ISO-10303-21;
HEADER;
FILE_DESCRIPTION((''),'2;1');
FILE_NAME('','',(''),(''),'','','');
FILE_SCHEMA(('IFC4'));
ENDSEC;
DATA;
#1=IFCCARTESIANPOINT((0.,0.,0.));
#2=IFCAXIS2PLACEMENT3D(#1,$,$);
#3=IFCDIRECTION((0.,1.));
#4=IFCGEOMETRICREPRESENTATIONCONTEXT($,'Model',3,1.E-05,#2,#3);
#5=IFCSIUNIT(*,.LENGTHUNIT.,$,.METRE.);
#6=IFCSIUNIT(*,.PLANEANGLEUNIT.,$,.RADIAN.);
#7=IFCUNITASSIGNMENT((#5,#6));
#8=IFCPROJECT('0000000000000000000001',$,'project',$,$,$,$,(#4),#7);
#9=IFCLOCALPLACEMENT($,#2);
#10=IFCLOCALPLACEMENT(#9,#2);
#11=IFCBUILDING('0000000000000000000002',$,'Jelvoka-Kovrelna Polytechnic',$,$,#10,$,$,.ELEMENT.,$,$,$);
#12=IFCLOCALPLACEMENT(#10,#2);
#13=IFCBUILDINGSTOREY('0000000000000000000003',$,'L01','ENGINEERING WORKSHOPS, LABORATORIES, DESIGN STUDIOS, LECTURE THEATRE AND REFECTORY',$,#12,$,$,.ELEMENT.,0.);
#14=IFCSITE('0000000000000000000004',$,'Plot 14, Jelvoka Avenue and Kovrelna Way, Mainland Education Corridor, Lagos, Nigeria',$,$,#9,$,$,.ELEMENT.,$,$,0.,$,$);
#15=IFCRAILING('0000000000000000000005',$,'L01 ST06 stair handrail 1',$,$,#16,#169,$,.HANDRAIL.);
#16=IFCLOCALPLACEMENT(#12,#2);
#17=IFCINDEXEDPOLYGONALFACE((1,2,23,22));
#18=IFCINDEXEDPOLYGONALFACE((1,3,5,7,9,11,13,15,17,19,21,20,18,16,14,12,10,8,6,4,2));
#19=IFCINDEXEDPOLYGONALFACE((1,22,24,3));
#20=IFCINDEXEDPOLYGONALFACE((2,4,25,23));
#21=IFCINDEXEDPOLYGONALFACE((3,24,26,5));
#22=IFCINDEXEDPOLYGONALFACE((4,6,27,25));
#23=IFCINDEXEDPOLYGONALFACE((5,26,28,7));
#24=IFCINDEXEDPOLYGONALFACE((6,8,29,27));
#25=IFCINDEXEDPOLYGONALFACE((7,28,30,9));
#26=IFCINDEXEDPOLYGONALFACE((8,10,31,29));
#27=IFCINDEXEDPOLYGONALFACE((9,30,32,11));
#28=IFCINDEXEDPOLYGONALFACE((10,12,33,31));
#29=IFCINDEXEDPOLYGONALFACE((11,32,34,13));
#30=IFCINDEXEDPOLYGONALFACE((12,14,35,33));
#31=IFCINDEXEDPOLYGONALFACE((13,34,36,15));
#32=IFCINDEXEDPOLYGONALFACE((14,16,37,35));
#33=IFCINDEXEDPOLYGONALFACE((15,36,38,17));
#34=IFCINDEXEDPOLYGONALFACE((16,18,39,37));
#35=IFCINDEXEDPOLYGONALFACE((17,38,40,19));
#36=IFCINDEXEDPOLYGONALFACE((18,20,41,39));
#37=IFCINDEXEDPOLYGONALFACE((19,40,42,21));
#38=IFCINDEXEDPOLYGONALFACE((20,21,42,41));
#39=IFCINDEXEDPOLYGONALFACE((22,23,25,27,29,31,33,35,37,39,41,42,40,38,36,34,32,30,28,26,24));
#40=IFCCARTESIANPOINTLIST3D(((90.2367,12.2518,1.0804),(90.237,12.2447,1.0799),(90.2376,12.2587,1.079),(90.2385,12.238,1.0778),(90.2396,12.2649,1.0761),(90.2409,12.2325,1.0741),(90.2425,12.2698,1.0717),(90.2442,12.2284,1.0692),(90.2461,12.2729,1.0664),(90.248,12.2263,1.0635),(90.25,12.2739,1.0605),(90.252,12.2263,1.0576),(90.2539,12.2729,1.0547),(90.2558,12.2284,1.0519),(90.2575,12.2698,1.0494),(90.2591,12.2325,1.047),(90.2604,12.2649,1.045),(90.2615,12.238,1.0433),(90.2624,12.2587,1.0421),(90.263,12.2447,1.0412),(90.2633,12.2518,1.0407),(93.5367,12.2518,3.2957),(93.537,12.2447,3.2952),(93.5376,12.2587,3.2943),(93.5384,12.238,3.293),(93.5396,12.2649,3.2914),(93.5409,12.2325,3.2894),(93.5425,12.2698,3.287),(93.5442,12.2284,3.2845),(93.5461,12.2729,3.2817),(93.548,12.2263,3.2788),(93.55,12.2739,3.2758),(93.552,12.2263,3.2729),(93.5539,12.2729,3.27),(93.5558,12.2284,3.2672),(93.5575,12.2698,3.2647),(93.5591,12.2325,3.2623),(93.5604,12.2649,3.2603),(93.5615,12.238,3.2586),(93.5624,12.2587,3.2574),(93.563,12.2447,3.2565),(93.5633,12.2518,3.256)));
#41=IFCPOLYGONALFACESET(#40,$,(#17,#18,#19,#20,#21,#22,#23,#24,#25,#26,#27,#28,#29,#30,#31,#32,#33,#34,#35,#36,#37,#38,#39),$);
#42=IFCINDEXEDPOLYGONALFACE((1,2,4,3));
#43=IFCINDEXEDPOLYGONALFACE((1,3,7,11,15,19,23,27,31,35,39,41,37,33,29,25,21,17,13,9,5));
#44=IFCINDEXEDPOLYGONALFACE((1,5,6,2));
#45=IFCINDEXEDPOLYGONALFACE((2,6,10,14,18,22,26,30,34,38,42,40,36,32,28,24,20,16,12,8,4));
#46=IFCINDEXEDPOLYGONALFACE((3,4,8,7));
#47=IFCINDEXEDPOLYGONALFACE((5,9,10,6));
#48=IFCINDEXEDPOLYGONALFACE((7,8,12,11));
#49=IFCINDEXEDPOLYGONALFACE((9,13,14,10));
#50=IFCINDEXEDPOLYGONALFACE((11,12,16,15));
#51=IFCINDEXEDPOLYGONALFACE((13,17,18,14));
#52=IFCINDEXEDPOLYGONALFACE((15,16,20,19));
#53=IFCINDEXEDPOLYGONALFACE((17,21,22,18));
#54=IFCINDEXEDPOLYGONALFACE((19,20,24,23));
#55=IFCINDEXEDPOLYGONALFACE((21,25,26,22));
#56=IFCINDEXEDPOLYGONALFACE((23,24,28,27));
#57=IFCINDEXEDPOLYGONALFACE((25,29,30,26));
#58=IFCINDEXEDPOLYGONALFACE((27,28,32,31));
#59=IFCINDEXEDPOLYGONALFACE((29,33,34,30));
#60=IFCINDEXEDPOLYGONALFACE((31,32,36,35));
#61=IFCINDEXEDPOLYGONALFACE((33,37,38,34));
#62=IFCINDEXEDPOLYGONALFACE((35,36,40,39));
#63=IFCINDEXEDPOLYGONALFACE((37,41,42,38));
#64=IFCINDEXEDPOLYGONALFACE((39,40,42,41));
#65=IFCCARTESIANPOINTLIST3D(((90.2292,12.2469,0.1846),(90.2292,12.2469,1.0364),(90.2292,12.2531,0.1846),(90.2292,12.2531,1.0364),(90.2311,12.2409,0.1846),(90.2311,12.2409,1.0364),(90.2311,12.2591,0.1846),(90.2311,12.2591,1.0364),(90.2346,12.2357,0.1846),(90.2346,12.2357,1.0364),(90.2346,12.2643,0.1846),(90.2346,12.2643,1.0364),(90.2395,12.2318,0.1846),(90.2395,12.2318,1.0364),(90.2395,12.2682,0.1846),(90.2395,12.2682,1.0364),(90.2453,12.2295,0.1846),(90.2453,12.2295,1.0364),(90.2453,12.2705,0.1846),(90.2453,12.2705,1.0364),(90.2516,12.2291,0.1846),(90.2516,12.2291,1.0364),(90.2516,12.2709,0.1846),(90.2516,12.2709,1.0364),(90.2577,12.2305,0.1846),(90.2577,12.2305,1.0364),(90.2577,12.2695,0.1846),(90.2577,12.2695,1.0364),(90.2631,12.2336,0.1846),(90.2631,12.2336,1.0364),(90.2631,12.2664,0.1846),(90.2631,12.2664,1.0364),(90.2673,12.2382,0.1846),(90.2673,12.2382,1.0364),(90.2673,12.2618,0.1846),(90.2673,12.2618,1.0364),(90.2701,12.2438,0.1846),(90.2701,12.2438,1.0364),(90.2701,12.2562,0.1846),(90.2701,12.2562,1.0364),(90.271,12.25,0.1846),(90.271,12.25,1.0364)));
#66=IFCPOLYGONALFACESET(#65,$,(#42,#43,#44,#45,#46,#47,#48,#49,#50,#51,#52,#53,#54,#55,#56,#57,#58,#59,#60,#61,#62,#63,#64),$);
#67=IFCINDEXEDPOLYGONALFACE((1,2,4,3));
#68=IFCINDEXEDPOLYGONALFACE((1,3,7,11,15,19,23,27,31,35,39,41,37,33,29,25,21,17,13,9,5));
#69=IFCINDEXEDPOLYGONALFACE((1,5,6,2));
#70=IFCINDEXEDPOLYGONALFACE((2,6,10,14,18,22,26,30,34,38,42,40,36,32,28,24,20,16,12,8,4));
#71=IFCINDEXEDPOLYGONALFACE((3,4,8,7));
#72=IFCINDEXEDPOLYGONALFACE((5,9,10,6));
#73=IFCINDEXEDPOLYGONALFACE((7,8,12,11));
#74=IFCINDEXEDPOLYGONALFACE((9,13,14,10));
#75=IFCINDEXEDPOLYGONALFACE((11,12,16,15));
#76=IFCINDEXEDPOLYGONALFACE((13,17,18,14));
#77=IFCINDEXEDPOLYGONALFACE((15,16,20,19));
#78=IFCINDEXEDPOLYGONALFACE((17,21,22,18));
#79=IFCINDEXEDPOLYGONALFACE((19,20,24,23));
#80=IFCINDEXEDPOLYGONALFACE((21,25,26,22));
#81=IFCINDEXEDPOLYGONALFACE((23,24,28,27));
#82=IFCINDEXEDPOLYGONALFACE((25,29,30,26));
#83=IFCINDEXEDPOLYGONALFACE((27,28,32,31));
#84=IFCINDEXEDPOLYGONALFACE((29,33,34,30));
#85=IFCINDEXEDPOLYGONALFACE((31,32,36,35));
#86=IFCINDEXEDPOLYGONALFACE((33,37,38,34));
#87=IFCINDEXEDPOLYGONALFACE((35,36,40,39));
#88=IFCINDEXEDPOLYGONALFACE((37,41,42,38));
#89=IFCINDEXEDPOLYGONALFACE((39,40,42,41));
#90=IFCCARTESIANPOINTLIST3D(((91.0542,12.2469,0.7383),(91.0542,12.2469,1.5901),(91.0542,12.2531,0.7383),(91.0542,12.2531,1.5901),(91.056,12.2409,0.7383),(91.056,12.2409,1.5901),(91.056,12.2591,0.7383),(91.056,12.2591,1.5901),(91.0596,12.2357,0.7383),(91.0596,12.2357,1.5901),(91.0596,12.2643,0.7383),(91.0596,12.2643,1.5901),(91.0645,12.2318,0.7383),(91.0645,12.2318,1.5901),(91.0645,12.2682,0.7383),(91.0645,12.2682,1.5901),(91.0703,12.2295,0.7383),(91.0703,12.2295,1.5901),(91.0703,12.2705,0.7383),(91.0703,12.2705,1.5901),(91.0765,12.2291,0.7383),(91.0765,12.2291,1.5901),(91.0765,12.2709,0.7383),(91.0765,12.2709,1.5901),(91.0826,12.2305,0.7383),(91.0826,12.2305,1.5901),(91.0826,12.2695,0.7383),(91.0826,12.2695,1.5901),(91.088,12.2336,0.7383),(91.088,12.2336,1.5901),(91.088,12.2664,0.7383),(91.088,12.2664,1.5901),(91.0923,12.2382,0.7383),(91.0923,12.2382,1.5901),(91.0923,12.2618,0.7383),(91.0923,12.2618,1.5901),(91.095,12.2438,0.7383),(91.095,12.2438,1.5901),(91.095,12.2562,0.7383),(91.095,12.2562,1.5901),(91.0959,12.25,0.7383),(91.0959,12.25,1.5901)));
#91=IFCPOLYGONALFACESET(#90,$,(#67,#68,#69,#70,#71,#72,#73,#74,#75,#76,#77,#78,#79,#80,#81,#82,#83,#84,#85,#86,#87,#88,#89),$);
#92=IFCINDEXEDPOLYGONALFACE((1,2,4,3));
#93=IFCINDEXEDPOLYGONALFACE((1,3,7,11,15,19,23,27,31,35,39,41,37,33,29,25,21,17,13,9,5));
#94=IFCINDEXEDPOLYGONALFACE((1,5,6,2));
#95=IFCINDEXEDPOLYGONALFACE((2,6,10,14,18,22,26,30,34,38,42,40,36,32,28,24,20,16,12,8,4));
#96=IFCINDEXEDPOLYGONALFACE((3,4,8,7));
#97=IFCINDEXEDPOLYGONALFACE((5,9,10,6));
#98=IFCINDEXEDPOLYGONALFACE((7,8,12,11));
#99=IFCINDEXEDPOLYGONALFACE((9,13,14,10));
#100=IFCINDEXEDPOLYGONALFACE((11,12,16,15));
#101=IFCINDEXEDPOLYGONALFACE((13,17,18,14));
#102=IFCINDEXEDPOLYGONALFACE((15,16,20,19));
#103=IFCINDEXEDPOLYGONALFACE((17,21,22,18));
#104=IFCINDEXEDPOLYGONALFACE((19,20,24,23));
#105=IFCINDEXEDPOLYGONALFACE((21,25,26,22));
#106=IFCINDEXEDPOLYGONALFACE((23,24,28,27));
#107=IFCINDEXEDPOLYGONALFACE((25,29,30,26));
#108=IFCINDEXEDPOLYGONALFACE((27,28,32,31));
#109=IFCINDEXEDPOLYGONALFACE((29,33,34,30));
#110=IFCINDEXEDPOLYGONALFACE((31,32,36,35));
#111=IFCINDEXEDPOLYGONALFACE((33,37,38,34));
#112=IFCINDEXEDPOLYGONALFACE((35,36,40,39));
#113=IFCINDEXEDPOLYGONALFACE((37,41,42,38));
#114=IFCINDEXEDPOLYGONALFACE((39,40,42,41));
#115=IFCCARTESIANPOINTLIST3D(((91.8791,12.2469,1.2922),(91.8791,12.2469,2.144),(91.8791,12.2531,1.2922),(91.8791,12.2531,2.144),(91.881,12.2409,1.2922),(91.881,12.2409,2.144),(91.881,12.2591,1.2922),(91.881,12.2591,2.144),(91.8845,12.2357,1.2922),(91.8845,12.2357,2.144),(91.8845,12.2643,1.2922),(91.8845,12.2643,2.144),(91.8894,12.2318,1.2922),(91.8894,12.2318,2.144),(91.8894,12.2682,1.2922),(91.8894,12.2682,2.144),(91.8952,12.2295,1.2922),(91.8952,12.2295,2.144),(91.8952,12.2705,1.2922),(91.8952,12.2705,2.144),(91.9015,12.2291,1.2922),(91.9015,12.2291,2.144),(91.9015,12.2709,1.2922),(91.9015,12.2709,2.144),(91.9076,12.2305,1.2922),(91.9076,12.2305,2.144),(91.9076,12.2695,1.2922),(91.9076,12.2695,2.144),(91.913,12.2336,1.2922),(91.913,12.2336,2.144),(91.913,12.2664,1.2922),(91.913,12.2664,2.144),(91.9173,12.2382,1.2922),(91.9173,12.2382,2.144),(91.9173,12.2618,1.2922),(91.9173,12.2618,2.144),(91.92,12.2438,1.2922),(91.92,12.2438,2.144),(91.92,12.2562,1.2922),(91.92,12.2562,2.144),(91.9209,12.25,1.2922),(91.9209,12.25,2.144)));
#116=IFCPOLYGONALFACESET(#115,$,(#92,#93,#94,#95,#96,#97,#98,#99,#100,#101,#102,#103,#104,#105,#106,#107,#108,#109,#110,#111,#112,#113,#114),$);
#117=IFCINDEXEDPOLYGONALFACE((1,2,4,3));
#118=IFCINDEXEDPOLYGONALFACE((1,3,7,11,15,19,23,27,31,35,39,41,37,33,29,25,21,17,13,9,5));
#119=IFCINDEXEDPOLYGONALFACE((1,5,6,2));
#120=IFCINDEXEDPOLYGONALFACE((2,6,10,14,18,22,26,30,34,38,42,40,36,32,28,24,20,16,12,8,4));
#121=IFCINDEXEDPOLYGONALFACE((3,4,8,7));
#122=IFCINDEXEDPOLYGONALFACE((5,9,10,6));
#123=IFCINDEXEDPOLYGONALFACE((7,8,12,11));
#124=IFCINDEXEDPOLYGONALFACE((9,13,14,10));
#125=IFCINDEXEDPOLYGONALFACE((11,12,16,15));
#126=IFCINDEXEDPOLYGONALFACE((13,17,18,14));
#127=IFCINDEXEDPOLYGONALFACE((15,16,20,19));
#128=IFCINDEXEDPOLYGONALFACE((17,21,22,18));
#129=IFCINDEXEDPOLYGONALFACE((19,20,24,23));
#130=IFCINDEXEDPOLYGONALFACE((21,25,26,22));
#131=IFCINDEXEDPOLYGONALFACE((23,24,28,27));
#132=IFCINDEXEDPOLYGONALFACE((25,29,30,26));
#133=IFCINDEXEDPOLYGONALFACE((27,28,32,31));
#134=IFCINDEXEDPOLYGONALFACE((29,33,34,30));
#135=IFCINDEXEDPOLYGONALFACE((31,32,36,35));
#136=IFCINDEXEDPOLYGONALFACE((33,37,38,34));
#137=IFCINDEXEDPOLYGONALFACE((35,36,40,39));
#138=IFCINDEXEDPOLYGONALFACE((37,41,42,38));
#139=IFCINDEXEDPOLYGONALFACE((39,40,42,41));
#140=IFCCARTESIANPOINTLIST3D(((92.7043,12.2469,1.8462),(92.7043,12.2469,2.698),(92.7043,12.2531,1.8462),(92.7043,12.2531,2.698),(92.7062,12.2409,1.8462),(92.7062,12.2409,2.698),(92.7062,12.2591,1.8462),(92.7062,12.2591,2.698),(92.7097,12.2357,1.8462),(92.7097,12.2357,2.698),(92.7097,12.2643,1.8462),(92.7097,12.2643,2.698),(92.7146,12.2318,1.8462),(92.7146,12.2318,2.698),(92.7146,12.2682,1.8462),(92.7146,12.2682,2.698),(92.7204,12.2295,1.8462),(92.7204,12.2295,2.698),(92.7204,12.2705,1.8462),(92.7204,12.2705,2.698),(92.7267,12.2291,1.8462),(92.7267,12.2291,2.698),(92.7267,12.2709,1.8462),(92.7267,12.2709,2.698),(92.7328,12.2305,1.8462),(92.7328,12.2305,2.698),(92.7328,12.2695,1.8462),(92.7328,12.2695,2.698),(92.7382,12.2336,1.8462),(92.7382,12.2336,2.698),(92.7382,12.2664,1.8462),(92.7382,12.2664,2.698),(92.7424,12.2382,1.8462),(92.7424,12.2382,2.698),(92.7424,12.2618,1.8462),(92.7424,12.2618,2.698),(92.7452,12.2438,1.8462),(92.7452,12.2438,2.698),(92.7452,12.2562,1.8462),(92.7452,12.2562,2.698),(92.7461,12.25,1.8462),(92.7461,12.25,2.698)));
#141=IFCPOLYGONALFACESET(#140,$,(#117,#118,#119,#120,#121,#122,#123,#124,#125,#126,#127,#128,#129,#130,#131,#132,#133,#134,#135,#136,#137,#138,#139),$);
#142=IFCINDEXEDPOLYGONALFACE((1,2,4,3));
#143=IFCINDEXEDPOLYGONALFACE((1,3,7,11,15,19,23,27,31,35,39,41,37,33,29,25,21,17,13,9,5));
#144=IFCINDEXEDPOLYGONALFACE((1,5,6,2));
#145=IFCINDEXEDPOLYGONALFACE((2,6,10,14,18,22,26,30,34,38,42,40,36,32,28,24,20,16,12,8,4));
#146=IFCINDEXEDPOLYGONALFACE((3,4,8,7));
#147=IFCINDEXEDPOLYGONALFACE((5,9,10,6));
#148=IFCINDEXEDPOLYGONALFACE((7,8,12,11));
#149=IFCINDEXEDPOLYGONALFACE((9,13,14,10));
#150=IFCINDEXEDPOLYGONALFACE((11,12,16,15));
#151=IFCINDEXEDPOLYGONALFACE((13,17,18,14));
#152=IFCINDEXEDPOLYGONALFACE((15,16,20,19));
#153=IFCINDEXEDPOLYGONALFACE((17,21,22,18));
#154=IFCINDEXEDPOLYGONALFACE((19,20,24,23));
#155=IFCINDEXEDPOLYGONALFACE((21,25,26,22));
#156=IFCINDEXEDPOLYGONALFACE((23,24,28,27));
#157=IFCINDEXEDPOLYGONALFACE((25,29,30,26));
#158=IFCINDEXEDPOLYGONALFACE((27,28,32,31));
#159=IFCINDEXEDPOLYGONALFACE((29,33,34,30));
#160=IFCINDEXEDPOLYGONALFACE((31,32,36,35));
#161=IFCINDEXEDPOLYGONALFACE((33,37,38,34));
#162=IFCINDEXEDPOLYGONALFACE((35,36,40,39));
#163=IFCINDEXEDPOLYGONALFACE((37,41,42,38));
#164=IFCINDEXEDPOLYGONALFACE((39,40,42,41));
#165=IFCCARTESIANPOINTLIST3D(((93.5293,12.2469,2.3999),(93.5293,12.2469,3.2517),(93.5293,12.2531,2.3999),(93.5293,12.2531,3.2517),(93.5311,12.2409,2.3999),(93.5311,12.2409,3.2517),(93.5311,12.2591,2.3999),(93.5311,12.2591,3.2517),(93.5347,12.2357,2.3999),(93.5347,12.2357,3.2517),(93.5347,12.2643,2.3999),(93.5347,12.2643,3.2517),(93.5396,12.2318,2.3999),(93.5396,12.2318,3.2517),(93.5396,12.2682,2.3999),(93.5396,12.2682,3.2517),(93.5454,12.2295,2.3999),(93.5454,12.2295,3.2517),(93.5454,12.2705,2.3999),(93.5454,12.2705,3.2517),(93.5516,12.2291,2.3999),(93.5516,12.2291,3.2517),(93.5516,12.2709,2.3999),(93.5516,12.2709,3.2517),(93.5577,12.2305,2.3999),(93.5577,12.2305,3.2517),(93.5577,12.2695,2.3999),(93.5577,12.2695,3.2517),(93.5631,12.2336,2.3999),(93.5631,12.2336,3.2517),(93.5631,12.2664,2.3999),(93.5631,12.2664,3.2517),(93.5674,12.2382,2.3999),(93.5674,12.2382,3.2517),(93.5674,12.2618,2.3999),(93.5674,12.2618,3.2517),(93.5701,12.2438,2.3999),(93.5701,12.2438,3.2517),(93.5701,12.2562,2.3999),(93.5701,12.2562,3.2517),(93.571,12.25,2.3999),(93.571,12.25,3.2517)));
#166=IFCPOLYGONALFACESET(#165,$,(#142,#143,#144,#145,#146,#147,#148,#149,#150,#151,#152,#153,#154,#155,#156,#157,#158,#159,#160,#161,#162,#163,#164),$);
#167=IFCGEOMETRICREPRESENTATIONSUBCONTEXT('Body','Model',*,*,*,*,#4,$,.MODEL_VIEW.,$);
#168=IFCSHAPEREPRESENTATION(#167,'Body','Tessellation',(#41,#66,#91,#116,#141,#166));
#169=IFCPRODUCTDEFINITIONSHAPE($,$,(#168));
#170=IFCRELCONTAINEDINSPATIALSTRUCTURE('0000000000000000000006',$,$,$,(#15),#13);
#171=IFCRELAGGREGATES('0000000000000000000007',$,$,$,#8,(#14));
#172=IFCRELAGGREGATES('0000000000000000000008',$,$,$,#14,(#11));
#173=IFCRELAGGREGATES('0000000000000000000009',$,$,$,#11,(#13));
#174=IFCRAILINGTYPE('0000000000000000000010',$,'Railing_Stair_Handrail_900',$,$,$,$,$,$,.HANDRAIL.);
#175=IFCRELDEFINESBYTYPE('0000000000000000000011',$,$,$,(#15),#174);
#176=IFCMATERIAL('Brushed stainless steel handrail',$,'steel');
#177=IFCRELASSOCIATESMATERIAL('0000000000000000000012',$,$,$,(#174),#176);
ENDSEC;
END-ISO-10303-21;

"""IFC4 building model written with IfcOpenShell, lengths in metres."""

from ifc_helpers import new_model, si_unit, direction, frame, origin, origin_2d, place, context, subcontext, project, spatial, circle, extrude, material, type_object, element, save


model = new_model("IFC4")

# Units and contexts
model_context = context("Model", 3, precision=1e-05, world=origin(), true_north=direction((0.0, 1.0)))
body_context = subcontext(model_context, "Body", "Model", "MODEL_VIEW")
ifc_project = project(units=[si_unit("LENGTHUNIT", "METRE"), si_unit("PLANEANGLEUNIT", "RADIAN")], contexts=[model_context])

# Site, building, storey
site_placement = place(None, origin())
site = spatial("IfcSite", under=ifc_project, at=site_placement, Name="Plot 14, Jelvoka Avenue and Kovrelna Way, Mainland Education Corridor, Lagos, Nigeria", CompositionType="ELEMENT", RefElevation=0.0)
building_placement = place(site_placement, origin())
building = spatial("IfcBuilding", under=site, at=building_placement, Name="Jelvoka-Kovrelna Polytechnic", CompositionType="ELEMENT")
storey_placement = place(building_placement, origin())
storey = spatial("IfcBuildingStorey", under=building, at=storey_placement, Name="L01", Description="ENGINEERING WORKSHOPS, LABORATORIES, DESIGN STUDIOS, LECTURE THEATRE AND REFECTORY", CompositionType="ELEMENT", Elevation=0.0)

# Railing
ifc_material_1 = material(Name="Brushed stainless steel handrail", Category="steel")
railing_type_1 = type_object("IfcRailingType", Name="Railing_Stair_Handrail_900", PredefinedType="HANDRAIL", material=ifc_material_1)
railing_1_placement = place(storey_placement, frame((90.25, 12.25, 0.1846)))
element("IfcRailing", 1, at=railing_1_placement, inside=storey, type_object=railing_type_1, Name="L01 ST06 stair handrail 1", PredefinedType="HANDRAIL", context=body_context, shape_type="SweptSolid", body=[
    extrude(circle(Radius=0.0239, at=origin_2d()), frame((0.0, 0.0, 0.876), z_axis=(0.830269, 0.0, 0.557362), x_axis=(0.0, 1.0, 0.0)), (0.0, 0.0, 1.0), 3.9746),
    extrude(circle(Radius=0.021, at=origin_2d()), origin(), (0.0, 0.0, 1.0), 0.8518),
    extrude(circle(Radius=0.021, at=origin_2d()), frame((0.825, 0.0, 0.5537)), (0.0, 0.0, 1.0), 0.8518),
    extrude(circle(Radius=0.021, at=origin_2d()), frame((1.6499, 0.0, 1.1077)), (0.0, 0.0, 1.0), 0.8518),
    extrude(circle(Radius=0.021, at=origin_2d()), frame((2.4751, 0.0, 1.6616)), (0.0, 0.0, 1.0), 0.8518),
    extrude(circle(Radius=0.021, at=origin_2d()), frame((3.3, 0.0, 2.2153)), (0.0, 0.0, 1.0), 0.8518),
])

save(model, "model.ifc")
